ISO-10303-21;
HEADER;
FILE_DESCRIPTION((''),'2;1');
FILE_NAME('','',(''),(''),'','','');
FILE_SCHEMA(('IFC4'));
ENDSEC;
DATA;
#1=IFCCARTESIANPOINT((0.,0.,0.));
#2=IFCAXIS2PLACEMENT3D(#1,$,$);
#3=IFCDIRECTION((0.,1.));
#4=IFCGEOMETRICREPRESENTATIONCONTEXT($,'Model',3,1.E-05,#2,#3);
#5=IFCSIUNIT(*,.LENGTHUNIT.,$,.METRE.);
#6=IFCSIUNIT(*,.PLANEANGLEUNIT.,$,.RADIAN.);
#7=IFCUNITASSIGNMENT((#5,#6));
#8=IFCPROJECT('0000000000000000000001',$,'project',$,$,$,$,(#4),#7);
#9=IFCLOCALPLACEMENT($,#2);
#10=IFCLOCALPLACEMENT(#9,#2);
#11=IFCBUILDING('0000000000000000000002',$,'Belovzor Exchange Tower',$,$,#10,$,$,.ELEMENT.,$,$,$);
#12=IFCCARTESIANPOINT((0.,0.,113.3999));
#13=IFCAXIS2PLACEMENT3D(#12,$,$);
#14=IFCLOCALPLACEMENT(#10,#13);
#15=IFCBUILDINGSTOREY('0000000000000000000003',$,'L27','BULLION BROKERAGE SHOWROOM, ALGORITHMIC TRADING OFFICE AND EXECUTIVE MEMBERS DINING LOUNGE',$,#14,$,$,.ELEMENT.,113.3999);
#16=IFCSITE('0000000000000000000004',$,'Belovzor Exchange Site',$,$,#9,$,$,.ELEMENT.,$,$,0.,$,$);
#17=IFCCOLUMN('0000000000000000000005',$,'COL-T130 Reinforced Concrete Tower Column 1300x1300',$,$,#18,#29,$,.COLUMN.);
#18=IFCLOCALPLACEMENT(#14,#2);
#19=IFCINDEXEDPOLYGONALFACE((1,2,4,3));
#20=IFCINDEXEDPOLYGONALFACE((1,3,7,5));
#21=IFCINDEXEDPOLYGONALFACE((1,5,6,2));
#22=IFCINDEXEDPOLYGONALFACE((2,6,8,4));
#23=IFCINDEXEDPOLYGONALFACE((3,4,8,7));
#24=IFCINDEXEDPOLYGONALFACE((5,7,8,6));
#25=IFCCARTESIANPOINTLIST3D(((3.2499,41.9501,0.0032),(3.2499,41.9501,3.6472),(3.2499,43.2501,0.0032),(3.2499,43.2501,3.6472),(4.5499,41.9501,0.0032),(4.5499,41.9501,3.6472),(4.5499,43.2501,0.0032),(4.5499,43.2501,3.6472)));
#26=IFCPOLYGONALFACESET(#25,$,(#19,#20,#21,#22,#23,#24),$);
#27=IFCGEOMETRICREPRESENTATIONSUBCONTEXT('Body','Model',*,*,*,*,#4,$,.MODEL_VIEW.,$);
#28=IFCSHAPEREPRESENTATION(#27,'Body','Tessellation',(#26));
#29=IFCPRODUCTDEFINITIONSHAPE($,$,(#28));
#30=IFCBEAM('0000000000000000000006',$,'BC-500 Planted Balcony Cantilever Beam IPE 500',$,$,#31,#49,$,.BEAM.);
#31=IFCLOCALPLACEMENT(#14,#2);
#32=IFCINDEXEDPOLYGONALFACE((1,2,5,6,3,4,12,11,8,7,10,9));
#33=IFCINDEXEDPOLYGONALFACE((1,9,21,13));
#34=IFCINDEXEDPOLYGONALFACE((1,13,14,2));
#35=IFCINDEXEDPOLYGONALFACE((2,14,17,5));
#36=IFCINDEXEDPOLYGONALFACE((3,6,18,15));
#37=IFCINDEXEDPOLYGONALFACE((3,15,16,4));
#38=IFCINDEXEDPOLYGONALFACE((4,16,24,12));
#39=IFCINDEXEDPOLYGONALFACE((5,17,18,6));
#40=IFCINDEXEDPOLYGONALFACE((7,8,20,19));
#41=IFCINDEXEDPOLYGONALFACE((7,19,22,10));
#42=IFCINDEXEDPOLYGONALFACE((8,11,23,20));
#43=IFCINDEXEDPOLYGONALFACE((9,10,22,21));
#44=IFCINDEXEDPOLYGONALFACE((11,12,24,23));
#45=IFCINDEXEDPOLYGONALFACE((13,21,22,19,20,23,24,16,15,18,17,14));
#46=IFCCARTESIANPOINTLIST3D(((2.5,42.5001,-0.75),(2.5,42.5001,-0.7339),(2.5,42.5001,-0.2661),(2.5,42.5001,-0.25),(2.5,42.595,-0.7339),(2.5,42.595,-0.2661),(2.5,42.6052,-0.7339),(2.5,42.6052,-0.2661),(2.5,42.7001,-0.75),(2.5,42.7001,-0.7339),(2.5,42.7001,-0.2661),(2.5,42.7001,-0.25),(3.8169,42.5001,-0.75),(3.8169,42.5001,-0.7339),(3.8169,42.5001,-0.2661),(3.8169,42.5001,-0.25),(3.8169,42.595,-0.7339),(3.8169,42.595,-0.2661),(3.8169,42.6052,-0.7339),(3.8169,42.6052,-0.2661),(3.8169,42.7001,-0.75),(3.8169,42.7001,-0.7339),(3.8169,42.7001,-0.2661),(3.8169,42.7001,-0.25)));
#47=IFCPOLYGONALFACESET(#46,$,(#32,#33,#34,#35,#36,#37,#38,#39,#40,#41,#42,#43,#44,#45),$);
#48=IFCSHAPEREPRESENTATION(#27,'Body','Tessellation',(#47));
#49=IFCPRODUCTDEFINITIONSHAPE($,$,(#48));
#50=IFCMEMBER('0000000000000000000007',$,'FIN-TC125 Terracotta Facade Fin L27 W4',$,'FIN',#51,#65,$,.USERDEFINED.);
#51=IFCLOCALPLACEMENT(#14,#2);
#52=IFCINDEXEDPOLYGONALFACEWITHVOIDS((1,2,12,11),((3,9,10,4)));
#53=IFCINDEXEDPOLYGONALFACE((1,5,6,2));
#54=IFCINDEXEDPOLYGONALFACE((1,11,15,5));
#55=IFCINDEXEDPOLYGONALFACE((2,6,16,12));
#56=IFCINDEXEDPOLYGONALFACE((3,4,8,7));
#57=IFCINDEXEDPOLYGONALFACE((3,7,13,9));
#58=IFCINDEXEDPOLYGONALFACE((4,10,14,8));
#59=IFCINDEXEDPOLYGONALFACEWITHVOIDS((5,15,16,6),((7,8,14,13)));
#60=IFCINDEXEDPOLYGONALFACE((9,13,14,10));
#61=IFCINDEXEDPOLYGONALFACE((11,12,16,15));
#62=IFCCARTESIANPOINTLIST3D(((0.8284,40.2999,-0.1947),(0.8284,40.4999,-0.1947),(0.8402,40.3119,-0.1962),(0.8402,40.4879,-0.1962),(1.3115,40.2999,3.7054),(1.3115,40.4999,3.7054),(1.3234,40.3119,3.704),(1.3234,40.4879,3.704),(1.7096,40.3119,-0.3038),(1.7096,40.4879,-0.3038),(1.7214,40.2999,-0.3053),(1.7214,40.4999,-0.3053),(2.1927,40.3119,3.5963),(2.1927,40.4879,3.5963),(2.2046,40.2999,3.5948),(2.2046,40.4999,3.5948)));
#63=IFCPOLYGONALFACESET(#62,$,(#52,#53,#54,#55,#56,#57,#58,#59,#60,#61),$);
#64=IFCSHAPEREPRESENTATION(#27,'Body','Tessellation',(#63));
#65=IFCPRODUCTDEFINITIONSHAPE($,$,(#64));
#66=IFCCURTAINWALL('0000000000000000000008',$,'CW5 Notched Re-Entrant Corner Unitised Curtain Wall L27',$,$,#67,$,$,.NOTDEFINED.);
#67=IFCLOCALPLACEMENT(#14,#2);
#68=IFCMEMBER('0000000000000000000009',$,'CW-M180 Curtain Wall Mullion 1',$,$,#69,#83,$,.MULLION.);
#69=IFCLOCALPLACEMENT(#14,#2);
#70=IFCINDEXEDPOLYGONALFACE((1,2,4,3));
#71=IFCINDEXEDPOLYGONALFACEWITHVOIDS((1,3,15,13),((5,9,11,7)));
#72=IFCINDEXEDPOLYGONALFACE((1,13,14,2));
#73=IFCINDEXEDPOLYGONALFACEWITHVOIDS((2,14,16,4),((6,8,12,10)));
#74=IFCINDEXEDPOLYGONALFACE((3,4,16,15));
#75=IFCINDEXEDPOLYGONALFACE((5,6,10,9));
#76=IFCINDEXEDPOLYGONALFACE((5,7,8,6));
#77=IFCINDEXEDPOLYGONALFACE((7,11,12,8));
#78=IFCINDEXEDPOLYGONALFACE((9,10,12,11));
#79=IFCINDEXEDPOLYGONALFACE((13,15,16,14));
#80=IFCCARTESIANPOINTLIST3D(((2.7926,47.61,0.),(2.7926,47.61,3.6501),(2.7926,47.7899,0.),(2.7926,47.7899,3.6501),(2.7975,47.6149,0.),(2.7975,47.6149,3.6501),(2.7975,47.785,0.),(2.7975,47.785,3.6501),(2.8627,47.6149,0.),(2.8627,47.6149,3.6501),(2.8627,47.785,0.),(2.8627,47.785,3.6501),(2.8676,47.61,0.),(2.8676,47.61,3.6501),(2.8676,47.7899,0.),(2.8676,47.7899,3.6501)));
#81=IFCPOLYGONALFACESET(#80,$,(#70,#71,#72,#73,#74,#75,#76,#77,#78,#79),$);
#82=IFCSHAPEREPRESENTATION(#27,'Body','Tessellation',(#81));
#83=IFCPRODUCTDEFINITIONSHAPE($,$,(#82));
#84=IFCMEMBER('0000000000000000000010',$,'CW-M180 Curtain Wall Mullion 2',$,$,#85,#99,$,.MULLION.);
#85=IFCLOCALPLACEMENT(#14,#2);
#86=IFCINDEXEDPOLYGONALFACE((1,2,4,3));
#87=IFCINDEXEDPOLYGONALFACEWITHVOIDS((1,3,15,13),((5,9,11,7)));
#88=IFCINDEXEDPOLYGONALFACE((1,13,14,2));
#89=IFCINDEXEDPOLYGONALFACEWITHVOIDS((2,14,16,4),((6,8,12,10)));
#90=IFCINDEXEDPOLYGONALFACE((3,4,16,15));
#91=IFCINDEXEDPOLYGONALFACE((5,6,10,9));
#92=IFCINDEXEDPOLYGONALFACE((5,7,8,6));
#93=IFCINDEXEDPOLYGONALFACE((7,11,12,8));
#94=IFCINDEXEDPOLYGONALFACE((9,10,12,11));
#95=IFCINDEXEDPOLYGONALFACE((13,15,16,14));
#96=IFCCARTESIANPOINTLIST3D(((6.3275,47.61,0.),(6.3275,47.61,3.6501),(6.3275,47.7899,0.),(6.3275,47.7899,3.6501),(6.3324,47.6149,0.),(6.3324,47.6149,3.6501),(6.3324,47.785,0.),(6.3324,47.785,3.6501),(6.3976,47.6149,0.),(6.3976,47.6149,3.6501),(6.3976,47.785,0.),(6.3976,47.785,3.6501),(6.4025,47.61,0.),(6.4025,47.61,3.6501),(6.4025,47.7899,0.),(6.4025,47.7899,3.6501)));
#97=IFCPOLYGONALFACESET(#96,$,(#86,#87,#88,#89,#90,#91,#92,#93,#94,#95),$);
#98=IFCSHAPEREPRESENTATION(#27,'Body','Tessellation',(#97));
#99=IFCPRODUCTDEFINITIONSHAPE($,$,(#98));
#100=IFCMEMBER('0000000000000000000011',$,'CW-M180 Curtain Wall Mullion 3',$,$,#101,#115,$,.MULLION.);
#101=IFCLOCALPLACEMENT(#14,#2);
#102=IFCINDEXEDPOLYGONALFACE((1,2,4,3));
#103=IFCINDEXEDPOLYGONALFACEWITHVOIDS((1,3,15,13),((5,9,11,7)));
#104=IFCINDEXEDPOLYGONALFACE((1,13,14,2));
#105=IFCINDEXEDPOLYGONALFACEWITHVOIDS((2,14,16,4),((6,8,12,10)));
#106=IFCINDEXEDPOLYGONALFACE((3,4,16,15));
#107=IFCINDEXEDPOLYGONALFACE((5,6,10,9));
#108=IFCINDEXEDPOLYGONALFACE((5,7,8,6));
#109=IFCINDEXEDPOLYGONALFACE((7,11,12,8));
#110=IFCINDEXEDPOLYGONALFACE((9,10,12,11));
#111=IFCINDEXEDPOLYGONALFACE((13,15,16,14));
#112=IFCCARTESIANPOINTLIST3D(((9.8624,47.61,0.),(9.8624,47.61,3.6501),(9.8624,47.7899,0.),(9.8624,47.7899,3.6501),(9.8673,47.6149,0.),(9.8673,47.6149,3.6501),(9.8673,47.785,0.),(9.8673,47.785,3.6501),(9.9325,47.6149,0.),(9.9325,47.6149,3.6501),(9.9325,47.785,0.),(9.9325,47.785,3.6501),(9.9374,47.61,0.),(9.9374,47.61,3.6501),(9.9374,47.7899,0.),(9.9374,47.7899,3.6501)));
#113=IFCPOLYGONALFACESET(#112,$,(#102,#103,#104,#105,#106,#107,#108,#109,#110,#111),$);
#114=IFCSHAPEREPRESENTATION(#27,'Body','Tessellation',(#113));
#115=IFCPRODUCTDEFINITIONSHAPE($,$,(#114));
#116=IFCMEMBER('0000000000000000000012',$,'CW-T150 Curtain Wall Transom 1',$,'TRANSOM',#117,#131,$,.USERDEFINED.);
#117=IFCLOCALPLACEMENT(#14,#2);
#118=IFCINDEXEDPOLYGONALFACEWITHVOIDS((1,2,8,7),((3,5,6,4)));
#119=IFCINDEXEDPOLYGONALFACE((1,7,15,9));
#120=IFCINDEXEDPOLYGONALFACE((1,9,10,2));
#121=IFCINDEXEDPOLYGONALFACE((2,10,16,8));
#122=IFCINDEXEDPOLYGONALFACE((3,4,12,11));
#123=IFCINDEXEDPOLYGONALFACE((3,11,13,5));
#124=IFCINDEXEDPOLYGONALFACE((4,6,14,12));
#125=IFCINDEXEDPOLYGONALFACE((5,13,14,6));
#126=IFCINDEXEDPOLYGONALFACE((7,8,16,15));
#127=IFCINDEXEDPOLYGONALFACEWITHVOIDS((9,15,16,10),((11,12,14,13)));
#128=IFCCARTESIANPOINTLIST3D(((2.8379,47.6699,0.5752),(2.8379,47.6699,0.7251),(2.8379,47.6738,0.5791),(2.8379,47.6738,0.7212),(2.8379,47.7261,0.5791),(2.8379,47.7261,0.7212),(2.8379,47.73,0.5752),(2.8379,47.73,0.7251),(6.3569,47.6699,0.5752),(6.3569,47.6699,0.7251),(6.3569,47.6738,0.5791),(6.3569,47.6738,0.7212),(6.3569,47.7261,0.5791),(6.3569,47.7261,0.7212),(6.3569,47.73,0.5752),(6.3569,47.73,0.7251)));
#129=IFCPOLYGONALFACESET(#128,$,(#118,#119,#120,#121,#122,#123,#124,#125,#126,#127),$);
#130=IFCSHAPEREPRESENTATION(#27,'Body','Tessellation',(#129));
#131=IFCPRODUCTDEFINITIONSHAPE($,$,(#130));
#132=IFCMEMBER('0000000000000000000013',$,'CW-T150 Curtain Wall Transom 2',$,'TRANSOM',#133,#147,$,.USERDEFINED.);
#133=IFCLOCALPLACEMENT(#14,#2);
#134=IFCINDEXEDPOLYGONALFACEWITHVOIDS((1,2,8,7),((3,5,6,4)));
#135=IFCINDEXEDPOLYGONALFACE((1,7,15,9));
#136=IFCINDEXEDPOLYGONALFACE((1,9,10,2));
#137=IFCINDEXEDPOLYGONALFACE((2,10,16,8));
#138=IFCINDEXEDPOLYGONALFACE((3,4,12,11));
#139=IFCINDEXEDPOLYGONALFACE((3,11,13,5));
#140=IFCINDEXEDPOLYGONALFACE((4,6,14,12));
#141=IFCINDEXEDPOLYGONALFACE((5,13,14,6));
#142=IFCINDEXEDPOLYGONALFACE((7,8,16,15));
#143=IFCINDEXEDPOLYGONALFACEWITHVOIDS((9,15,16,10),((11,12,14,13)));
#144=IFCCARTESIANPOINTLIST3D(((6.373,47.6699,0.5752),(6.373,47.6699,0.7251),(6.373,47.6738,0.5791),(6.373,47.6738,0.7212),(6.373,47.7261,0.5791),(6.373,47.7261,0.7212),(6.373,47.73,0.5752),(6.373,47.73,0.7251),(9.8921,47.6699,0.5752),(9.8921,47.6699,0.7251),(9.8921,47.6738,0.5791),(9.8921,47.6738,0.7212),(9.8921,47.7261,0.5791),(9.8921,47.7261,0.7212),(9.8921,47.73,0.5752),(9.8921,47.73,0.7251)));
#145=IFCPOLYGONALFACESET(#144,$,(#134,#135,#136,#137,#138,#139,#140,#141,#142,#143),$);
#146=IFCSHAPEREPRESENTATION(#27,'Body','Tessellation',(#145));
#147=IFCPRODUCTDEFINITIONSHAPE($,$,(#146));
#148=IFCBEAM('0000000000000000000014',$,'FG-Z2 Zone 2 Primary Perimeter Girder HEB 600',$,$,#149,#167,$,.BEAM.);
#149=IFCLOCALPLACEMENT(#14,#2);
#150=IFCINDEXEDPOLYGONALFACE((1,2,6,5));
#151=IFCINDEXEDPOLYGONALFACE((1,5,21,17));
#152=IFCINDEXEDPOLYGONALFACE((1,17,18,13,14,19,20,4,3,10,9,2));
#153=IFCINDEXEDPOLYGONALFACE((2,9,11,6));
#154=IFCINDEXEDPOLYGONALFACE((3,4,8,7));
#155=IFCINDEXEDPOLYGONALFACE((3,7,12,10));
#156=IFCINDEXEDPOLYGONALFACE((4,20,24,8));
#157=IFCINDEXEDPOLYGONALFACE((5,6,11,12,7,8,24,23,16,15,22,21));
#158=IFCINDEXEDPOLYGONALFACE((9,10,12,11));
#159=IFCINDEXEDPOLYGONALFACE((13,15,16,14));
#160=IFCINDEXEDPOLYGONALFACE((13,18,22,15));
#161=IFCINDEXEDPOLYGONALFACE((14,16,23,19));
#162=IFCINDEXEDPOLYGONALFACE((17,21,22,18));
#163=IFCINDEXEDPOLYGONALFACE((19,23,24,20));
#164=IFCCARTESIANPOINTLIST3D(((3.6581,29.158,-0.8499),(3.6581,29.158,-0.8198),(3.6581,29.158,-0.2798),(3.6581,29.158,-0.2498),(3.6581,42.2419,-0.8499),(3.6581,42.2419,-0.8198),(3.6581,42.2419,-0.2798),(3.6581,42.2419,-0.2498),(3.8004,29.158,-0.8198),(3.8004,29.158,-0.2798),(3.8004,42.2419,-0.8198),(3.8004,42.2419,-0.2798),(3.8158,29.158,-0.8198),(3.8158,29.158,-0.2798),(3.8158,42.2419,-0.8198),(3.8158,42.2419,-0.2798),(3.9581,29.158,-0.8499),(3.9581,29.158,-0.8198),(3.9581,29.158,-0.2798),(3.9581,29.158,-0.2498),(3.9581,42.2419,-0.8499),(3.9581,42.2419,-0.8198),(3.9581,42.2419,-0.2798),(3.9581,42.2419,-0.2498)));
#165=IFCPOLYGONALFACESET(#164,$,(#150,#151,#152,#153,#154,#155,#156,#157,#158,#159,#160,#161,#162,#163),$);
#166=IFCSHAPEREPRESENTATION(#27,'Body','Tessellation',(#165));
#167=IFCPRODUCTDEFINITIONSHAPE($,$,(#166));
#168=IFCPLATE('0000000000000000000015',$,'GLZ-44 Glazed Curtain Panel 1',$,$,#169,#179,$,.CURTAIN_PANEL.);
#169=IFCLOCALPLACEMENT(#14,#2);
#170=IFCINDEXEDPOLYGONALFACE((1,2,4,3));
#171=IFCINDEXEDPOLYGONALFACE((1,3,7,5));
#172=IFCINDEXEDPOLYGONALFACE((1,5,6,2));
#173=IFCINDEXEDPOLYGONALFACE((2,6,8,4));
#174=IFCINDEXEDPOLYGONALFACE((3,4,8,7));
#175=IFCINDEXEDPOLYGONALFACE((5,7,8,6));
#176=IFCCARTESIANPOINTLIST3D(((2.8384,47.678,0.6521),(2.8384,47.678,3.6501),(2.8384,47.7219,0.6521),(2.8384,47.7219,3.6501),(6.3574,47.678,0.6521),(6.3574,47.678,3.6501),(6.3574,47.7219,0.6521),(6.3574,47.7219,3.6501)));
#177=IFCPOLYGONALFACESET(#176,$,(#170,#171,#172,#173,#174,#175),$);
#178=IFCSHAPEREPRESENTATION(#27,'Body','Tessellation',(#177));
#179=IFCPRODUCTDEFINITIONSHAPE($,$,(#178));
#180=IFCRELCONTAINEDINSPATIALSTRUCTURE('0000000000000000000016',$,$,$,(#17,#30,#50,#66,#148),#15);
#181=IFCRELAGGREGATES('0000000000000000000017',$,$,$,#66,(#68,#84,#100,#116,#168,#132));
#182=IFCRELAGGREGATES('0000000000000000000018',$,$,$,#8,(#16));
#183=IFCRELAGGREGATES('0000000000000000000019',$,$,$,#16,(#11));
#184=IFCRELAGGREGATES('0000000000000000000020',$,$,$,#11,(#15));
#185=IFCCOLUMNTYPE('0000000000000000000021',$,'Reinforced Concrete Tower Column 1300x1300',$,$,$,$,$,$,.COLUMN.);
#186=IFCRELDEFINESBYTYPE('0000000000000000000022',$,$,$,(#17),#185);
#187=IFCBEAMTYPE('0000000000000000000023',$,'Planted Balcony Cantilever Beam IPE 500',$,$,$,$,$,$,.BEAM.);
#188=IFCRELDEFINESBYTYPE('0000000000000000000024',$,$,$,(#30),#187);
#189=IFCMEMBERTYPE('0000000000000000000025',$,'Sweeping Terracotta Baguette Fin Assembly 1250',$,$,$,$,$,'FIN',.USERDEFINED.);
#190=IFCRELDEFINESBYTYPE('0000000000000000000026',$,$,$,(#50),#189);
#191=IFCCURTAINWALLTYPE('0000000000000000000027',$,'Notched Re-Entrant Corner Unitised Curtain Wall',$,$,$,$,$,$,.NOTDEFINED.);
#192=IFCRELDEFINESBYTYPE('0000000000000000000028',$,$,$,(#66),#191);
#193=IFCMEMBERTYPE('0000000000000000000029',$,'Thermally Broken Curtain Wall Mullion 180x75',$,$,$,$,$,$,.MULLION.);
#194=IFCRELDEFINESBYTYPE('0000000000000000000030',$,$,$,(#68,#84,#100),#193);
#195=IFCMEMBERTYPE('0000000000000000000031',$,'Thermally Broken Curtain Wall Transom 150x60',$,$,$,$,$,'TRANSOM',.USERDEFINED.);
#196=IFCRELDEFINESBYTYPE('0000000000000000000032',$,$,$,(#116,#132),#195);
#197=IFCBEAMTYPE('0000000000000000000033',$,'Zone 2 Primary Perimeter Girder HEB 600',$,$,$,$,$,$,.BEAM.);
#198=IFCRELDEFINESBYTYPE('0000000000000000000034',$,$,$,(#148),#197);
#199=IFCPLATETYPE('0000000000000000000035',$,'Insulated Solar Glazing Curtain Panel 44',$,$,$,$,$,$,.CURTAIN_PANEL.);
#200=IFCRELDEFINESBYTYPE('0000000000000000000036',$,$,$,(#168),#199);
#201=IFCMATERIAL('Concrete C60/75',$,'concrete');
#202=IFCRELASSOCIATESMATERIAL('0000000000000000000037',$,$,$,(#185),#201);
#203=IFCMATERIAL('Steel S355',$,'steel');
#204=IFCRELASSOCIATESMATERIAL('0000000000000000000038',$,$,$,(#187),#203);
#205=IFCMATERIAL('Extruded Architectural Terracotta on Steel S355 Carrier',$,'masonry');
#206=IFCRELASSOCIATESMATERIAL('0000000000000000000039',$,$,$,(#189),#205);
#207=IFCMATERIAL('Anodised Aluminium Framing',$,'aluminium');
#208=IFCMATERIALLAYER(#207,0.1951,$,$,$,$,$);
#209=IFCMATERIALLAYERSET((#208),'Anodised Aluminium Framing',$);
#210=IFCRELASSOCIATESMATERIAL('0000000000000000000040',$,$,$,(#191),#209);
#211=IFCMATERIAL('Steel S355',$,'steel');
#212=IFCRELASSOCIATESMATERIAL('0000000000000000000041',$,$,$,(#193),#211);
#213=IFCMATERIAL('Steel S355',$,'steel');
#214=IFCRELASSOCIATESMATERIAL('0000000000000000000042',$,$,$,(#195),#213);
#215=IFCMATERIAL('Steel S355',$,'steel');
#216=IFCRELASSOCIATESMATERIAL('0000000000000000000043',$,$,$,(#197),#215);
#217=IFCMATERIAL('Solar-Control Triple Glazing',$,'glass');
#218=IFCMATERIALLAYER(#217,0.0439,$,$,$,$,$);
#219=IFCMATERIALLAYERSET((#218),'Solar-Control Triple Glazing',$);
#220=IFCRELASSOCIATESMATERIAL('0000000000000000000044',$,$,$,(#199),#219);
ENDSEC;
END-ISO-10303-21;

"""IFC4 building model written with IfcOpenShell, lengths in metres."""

from ifc_helpers import new_model, si_unit, direction, frame, origin, origin_2d, place, context, subcontext, project, spatial, rectangle, hollow_rectangle, i_section, extrude, material, layer, layer_set, material_profile, profile_set, type_object, element, aggregate, save


model = new_model("IFC4")

# Units and contexts
model_context = context("Model", 3, precision=1e-05, world=origin(), true_north=direction((0.0, 1.0)))
body_context = subcontext(model_context, "Body", "Model", "MODEL_VIEW")
ifc_project = project(units=[si_unit("LENGTHUNIT", "METRE"), si_unit("PLANEANGLEUNIT", "RADIAN")], contexts=[model_context])

# Site, building, storey
site_placement = place(None, origin())
site = spatial("IfcSite", under=ifc_project, at=site_placement, Name="Belovzor Exchange Site", CompositionType="ELEMENT", RefElevation=0.0)
building_placement = place(site_placement, origin())
building = spatial("IfcBuilding", under=site, at=building_placement, Name="Belovzor Exchange Tower", CompositionType="ELEMENT")
storey_placement = place(building_placement, frame((0.0, 0.0, 113.3999)))
storey = spatial("IfcBuildingStorey", under=building, at=storey_placement, Name="L27", Description="BULLION BROKERAGE SHOWROOM, ALGORITHMIC TRADING OFFICE AND EXECUTIVE MEMBERS DINING LOUNGE", CompositionType="ELEMENT", Elevation=113.3999)

# Column
ifc_material_1 = material(Name="Concrete C60/75", Category="concrete")
ifc_material_profile_1 = material_profile(ifc_material_1, rectangle(XDim=1.3, YDim=1.3, at=origin_2d()))
ifc_profile_set_1 = profile_set([ifc_material_profile_1], Name="Concrete C60/75")
column_type = type_object("IfcColumnType", Name="Reinforced Concrete Tower Column 1300x1300", PredefinedType="COLUMN", material=ifc_profile_set_1)
column_placement = place(storey_placement, frame((3.8999, 42.6001, 0.0032), z_axis=(0.0, 0.0, 1.0), x_axis=(1.0, 0.0, 0.0)))
element("IfcColumn", 1, at=column_placement, inside=storey, type_object=column_type, Name="COL-T130 Reinforced Concrete Tower Column 1300x1300", PredefinedType="COLUMN", context=body_context, shape_type="SweptSolid", body=[
    extrude(rectangle(XDim=1.3, YDim=1.3, at=origin_2d()), origin(), (0.0, 0.0, 1.0), 3.644),
])

# Beam
ifc_material_2 = material(Name="Steel S355", Category="steel")
ifc_material_profile_2 = material_profile(ifc_material_2, i_section(OverallWidth=0.2, OverallDepth=0.5, WebThickness=0.0103, FlangeThickness=0.0161, at=origin_2d()))
ifc_profile_set_2 = profile_set([ifc_material_profile_2], Name="Steel S355")
beam_type_1 = type_object("IfcBeamType", Name="Planted Balcony Cantilever Beam IPE 500", PredefinedType="BEAM", material=ifc_profile_set_2)
beam_1_placement = place(storey_placement, frame((3.8169, 42.6001, -0.5), z_axis=(-1.0, 0.0, 0.0), x_axis=(0.0, -1.0, 0.0)))
element("IfcBeam", 2, at=beam_1_placement, inside=storey, type_object=beam_type_1, Name="BC-500 Planted Balcony Cantilever Beam IPE 500", PredefinedType="BEAM", context=body_context, shape_type="SweptSolid", body=[
    extrude(i_section(OverallWidth=0.2, OverallDepth=0.5, WebThickness=0.0103, FlangeThickness=0.0161, at=origin_2d()), origin(), (0.0, 0.0, 1.0), 1.3169),
])

# Member
ifc_material_3 = material(Name="Extruded Architectural Terracotta on Steel S355 Carrier", Category="masonry")
ifc_material_profile_3 = material_profile(ifc_material_3, hollow_rectangle(XDim=0.2, YDim=0.8999, WallThickness=0.012, at=origin_2d()))
ifc_profile_set_3 = profile_set([ifc_material_profile_3], Name="Extruded Architectural Terracotta on Steel S355 Carrier")
member_type_1 = type_object("IfcMemberType", Name="Sweeping Terracotta Baguette Fin Assembly 1250", ElementType="FIN", PredefinedType="USERDEFINED", material=ifc_profile_set_3)
member_1_placement = place(storey_placement, frame((1.2749, 40.3999, -0.25), z_axis=(0.122941, 0.0, 0.992414), x_axis=(0.0, 1.0, 0.0)))
element("IfcMember", 3, at=member_1_placement, inside=storey, type_object=member_type_1, Name="FIN-TC125 Terracotta Facade Fin L27 W4", ObjectType="FIN", PredefinedType="USERDEFINED", context=body_context, shape_type="SweptSolid", body=[
    extrude(hollow_rectangle(XDim=0.2, YDim=0.8999, WallThickness=0.012, at=origin_2d()), origin(), (0.0, 0.0, 1.0), 3.9299),
])

# Curtain wall, members
ifc_material_4 = material(Name="Anodised Aluminium Framing", Category="aluminium")
ifc_layer_1 = layer(ifc_material_4, 0.1951)
ifc_layer_set_1 = layer_set([ifc_layer_1], Name="Anodised Aluminium Framing")
curtain_wall_type = type_object("IfcCurtainWallType", Name="Notched Re-Entrant Corner Unitised Curtain Wall", PredefinedType="NOTDEFINED", material=ifc_layer_set_1)
curtain_wall_placement = place(storey_placement, origin())
curtain_wall = element("IfcCurtainWall", 4, at=curtain_wall_placement, inside=storey, type_object=curtain_wall_type, Name="CW5 Notched Re-Entrant Corner Unitised Curtain Wall L27", PredefinedType="NOTDEFINED")
ifc_material_5 = material(Name="Steel S355", Category="steel")
ifc_material_profile_4 = material_profile(ifc_material_5, hollow_rectangle(XDim=0.075, YDim=0.1799, WallThickness=0.0049, at=origin_2d()))
ifc_profile_set_4 = profile_set([ifc_material_profile_4], Name="Steel S355")
member_type_2 = type_object("IfcMemberType", Name="Thermally Broken Curtain Wall Mullion 180x75", PredefinedType="MULLION", material=ifc_profile_set_4)
member_2_placement = place(storey_placement, frame((2.8301, 47.7, 0.0), z_axis=(0.0, 0.0, 1.0), x_axis=(1.0, 0.0, 0.0)))
member_2 = element("IfcMember", 5, at=member_2_placement, type_object=member_type_2, Name="CW-M180 Curtain Wall Mullion 1", PredefinedType="MULLION", context=body_context, shape_type="SweptSolid", body=[
    extrude(hollow_rectangle(XDim=0.075, YDim=0.1799, WallThickness=0.0049, at=origin_2d()), origin(), (0.0, 0.0, 1.0), 3.6501),
])
member_3_placement = place(storey_placement, frame((6.365, 47.7, 0.0), z_axis=(0.0, 0.0, 1.0), x_axis=(1.0, 0.0, 0.0)))
member_3 = element("IfcMember", 6, at=member_3_placement, type_object=member_type_2, Name="CW-M180 Curtain Wall Mullion 2", PredefinedType="MULLION", context=body_context, shape_type="SweptSolid", body=[
    extrude(hollow_rectangle(XDim=0.075, YDim=0.1799, WallThickness=0.0049, at=origin_2d()), origin(), (0.0, 0.0, 1.0), 3.6501),
])
member_4_placement = place(storey_placement, frame((9.8999, 47.7, 0.0), z_axis=(0.0, 0.0, 1.0), x_axis=(1.0, 0.0, 0.0)))
member_4 = element("IfcMember", 7, at=member_4_placement, type_object=member_type_2, Name="CW-M180 Curtain Wall Mullion 3", PredefinedType="MULLION", context=body_context, shape_type="SweptSolid", body=[
    extrude(hollow_rectangle(XDim=0.075, YDim=0.1799, WallThickness=0.0049, at=origin_2d()), origin(), (0.0, 0.0, 1.0), 3.6501),
])
ifc_material_6 = material(Name="Steel S355", Category="steel")
ifc_material_profile_5 = material_profile(ifc_material_6, hollow_rectangle(XDim=0.0601, YDim=0.1499, WallThickness=0.0039, at=origin_2d()))
ifc_profile_set_5 = profile_set([ifc_material_profile_5], Name="Steel S355")
member_type_3 = type_object("IfcMemberType", Name="Thermally Broken Curtain Wall Transom 150x60", ElementType="TRANSOM", PredefinedType="USERDEFINED", material=ifc_profile_set_5)
member_5_placement = place(storey_placement, frame((2.8379, 47.7, 0.6501), z_axis=(1.0, 0.0, 0.0), x_axis=(0.0, 1.0, 0.0)))
member_5 = element("IfcMember", 8, at=member_5_placement, type_object=member_type_3, Name="CW-T150 Curtain Wall Transom 1", ObjectType="TRANSOM", PredefinedType="USERDEFINED", context=body_context, shape_type="SweptSolid", body=[
    extrude(hollow_rectangle(XDim=0.0601, YDim=0.1499, WallThickness=0.0039, at=origin_2d()), origin(), (0.0, 0.0, 1.0), 3.519),
])
member_6_placement = place(storey_placement, frame((6.373, 47.7, 0.6501), z_axis=(1.0, 0.0, 0.0), x_axis=(0.0, 1.0, 0.0)))
member_6 = element("IfcMember", 9, at=member_6_placement, type_object=member_type_3, Name="CW-T150 Curtain Wall Transom 2", ObjectType="TRANSOM", PredefinedType="USERDEFINED", context=body_context, shape_type="SweptSolid", body=[
    extrude(hollow_rectangle(XDim=0.0601, YDim=0.1499, WallThickness=0.0039, at=origin_2d()), origin(), (0.0, 0.0, 1.0), 3.519),
])

# Beam
ifc_material_7 = material(Name="Steel S355", Category="steel")
ifc_material_profile_6 = material_profile(ifc_material_7, i_section(OverallWidth=0.3, OverallDepth=0.6001, WebThickness=0.0154, FlangeThickness=0.03, at=origin_2d()))
ifc_profile_set_6 = profile_set([ifc_material_profile_6], Name="Steel S355")
beam_type_2 = type_object("IfcBeamType", Name="Zone 2 Primary Perimeter Girder HEB 600", PredefinedType="BEAM", material=ifc_profile_set_6)
beam_2_placement = place(storey_placement, frame((3.8081, 42.2419, -0.5498), z_axis=(0.0, -1.0, 0.0), x_axis=(1.0, 0.0, 0.0)))
element("IfcBeam", 10, at=beam_2_placement, inside=storey, type_object=beam_type_2, Name="FG-Z2 Zone 2 Primary Perimeter Girder HEB 600", PredefinedType="BEAM", context=body_context, shape_type="SweptSolid", body=[
    extrude(i_section(OverallWidth=0.3, OverallDepth=0.6001, WebThickness=0.0154, FlangeThickness=0.03, at=origin_2d()), origin(), (0.0, 0.0, 1.0), 13.084),
])

# Plate
ifc_material_8 = material(Name="Solar-Control Triple Glazing", Category="glass")
ifc_layer_2 = layer(ifc_material_8, 0.0439)
ifc_layer_set_2 = layer_set([ifc_layer_2], Name="Solar-Control Triple Glazing")
plate_type_1 = type_object("IfcPlateType", Name="Insulated Solar Glazing Curtain Panel 44", PredefinedType="CURTAIN_PANEL", material=ifc_layer_set_2)
plate_1_placement = place(storey_placement, frame((4.5979, 47.7, 0.6521), z_axis=(0.0, 0.0, 1.0), x_axis=(1.0, 0.0, 0.0)))
plate_1 = element("IfcPlate", 11, at=plate_1_placement, type_object=plate_type_1, Name="GLZ-44 Glazed Curtain Panel 1", PredefinedType="CURTAIN_PANEL", context=body_context, shape_type="SweptSolid", body=[
    extrude(rectangle(XDim=3.519, YDim=0.0439, at=origin_2d()), origin(), (0.0, 0.0, 1.0), 2.998),
])
aggregate(curtain_wall, [member_2, member_3, member_4, member_5, plate_1, member_6])

save(model, "model.ifc")
